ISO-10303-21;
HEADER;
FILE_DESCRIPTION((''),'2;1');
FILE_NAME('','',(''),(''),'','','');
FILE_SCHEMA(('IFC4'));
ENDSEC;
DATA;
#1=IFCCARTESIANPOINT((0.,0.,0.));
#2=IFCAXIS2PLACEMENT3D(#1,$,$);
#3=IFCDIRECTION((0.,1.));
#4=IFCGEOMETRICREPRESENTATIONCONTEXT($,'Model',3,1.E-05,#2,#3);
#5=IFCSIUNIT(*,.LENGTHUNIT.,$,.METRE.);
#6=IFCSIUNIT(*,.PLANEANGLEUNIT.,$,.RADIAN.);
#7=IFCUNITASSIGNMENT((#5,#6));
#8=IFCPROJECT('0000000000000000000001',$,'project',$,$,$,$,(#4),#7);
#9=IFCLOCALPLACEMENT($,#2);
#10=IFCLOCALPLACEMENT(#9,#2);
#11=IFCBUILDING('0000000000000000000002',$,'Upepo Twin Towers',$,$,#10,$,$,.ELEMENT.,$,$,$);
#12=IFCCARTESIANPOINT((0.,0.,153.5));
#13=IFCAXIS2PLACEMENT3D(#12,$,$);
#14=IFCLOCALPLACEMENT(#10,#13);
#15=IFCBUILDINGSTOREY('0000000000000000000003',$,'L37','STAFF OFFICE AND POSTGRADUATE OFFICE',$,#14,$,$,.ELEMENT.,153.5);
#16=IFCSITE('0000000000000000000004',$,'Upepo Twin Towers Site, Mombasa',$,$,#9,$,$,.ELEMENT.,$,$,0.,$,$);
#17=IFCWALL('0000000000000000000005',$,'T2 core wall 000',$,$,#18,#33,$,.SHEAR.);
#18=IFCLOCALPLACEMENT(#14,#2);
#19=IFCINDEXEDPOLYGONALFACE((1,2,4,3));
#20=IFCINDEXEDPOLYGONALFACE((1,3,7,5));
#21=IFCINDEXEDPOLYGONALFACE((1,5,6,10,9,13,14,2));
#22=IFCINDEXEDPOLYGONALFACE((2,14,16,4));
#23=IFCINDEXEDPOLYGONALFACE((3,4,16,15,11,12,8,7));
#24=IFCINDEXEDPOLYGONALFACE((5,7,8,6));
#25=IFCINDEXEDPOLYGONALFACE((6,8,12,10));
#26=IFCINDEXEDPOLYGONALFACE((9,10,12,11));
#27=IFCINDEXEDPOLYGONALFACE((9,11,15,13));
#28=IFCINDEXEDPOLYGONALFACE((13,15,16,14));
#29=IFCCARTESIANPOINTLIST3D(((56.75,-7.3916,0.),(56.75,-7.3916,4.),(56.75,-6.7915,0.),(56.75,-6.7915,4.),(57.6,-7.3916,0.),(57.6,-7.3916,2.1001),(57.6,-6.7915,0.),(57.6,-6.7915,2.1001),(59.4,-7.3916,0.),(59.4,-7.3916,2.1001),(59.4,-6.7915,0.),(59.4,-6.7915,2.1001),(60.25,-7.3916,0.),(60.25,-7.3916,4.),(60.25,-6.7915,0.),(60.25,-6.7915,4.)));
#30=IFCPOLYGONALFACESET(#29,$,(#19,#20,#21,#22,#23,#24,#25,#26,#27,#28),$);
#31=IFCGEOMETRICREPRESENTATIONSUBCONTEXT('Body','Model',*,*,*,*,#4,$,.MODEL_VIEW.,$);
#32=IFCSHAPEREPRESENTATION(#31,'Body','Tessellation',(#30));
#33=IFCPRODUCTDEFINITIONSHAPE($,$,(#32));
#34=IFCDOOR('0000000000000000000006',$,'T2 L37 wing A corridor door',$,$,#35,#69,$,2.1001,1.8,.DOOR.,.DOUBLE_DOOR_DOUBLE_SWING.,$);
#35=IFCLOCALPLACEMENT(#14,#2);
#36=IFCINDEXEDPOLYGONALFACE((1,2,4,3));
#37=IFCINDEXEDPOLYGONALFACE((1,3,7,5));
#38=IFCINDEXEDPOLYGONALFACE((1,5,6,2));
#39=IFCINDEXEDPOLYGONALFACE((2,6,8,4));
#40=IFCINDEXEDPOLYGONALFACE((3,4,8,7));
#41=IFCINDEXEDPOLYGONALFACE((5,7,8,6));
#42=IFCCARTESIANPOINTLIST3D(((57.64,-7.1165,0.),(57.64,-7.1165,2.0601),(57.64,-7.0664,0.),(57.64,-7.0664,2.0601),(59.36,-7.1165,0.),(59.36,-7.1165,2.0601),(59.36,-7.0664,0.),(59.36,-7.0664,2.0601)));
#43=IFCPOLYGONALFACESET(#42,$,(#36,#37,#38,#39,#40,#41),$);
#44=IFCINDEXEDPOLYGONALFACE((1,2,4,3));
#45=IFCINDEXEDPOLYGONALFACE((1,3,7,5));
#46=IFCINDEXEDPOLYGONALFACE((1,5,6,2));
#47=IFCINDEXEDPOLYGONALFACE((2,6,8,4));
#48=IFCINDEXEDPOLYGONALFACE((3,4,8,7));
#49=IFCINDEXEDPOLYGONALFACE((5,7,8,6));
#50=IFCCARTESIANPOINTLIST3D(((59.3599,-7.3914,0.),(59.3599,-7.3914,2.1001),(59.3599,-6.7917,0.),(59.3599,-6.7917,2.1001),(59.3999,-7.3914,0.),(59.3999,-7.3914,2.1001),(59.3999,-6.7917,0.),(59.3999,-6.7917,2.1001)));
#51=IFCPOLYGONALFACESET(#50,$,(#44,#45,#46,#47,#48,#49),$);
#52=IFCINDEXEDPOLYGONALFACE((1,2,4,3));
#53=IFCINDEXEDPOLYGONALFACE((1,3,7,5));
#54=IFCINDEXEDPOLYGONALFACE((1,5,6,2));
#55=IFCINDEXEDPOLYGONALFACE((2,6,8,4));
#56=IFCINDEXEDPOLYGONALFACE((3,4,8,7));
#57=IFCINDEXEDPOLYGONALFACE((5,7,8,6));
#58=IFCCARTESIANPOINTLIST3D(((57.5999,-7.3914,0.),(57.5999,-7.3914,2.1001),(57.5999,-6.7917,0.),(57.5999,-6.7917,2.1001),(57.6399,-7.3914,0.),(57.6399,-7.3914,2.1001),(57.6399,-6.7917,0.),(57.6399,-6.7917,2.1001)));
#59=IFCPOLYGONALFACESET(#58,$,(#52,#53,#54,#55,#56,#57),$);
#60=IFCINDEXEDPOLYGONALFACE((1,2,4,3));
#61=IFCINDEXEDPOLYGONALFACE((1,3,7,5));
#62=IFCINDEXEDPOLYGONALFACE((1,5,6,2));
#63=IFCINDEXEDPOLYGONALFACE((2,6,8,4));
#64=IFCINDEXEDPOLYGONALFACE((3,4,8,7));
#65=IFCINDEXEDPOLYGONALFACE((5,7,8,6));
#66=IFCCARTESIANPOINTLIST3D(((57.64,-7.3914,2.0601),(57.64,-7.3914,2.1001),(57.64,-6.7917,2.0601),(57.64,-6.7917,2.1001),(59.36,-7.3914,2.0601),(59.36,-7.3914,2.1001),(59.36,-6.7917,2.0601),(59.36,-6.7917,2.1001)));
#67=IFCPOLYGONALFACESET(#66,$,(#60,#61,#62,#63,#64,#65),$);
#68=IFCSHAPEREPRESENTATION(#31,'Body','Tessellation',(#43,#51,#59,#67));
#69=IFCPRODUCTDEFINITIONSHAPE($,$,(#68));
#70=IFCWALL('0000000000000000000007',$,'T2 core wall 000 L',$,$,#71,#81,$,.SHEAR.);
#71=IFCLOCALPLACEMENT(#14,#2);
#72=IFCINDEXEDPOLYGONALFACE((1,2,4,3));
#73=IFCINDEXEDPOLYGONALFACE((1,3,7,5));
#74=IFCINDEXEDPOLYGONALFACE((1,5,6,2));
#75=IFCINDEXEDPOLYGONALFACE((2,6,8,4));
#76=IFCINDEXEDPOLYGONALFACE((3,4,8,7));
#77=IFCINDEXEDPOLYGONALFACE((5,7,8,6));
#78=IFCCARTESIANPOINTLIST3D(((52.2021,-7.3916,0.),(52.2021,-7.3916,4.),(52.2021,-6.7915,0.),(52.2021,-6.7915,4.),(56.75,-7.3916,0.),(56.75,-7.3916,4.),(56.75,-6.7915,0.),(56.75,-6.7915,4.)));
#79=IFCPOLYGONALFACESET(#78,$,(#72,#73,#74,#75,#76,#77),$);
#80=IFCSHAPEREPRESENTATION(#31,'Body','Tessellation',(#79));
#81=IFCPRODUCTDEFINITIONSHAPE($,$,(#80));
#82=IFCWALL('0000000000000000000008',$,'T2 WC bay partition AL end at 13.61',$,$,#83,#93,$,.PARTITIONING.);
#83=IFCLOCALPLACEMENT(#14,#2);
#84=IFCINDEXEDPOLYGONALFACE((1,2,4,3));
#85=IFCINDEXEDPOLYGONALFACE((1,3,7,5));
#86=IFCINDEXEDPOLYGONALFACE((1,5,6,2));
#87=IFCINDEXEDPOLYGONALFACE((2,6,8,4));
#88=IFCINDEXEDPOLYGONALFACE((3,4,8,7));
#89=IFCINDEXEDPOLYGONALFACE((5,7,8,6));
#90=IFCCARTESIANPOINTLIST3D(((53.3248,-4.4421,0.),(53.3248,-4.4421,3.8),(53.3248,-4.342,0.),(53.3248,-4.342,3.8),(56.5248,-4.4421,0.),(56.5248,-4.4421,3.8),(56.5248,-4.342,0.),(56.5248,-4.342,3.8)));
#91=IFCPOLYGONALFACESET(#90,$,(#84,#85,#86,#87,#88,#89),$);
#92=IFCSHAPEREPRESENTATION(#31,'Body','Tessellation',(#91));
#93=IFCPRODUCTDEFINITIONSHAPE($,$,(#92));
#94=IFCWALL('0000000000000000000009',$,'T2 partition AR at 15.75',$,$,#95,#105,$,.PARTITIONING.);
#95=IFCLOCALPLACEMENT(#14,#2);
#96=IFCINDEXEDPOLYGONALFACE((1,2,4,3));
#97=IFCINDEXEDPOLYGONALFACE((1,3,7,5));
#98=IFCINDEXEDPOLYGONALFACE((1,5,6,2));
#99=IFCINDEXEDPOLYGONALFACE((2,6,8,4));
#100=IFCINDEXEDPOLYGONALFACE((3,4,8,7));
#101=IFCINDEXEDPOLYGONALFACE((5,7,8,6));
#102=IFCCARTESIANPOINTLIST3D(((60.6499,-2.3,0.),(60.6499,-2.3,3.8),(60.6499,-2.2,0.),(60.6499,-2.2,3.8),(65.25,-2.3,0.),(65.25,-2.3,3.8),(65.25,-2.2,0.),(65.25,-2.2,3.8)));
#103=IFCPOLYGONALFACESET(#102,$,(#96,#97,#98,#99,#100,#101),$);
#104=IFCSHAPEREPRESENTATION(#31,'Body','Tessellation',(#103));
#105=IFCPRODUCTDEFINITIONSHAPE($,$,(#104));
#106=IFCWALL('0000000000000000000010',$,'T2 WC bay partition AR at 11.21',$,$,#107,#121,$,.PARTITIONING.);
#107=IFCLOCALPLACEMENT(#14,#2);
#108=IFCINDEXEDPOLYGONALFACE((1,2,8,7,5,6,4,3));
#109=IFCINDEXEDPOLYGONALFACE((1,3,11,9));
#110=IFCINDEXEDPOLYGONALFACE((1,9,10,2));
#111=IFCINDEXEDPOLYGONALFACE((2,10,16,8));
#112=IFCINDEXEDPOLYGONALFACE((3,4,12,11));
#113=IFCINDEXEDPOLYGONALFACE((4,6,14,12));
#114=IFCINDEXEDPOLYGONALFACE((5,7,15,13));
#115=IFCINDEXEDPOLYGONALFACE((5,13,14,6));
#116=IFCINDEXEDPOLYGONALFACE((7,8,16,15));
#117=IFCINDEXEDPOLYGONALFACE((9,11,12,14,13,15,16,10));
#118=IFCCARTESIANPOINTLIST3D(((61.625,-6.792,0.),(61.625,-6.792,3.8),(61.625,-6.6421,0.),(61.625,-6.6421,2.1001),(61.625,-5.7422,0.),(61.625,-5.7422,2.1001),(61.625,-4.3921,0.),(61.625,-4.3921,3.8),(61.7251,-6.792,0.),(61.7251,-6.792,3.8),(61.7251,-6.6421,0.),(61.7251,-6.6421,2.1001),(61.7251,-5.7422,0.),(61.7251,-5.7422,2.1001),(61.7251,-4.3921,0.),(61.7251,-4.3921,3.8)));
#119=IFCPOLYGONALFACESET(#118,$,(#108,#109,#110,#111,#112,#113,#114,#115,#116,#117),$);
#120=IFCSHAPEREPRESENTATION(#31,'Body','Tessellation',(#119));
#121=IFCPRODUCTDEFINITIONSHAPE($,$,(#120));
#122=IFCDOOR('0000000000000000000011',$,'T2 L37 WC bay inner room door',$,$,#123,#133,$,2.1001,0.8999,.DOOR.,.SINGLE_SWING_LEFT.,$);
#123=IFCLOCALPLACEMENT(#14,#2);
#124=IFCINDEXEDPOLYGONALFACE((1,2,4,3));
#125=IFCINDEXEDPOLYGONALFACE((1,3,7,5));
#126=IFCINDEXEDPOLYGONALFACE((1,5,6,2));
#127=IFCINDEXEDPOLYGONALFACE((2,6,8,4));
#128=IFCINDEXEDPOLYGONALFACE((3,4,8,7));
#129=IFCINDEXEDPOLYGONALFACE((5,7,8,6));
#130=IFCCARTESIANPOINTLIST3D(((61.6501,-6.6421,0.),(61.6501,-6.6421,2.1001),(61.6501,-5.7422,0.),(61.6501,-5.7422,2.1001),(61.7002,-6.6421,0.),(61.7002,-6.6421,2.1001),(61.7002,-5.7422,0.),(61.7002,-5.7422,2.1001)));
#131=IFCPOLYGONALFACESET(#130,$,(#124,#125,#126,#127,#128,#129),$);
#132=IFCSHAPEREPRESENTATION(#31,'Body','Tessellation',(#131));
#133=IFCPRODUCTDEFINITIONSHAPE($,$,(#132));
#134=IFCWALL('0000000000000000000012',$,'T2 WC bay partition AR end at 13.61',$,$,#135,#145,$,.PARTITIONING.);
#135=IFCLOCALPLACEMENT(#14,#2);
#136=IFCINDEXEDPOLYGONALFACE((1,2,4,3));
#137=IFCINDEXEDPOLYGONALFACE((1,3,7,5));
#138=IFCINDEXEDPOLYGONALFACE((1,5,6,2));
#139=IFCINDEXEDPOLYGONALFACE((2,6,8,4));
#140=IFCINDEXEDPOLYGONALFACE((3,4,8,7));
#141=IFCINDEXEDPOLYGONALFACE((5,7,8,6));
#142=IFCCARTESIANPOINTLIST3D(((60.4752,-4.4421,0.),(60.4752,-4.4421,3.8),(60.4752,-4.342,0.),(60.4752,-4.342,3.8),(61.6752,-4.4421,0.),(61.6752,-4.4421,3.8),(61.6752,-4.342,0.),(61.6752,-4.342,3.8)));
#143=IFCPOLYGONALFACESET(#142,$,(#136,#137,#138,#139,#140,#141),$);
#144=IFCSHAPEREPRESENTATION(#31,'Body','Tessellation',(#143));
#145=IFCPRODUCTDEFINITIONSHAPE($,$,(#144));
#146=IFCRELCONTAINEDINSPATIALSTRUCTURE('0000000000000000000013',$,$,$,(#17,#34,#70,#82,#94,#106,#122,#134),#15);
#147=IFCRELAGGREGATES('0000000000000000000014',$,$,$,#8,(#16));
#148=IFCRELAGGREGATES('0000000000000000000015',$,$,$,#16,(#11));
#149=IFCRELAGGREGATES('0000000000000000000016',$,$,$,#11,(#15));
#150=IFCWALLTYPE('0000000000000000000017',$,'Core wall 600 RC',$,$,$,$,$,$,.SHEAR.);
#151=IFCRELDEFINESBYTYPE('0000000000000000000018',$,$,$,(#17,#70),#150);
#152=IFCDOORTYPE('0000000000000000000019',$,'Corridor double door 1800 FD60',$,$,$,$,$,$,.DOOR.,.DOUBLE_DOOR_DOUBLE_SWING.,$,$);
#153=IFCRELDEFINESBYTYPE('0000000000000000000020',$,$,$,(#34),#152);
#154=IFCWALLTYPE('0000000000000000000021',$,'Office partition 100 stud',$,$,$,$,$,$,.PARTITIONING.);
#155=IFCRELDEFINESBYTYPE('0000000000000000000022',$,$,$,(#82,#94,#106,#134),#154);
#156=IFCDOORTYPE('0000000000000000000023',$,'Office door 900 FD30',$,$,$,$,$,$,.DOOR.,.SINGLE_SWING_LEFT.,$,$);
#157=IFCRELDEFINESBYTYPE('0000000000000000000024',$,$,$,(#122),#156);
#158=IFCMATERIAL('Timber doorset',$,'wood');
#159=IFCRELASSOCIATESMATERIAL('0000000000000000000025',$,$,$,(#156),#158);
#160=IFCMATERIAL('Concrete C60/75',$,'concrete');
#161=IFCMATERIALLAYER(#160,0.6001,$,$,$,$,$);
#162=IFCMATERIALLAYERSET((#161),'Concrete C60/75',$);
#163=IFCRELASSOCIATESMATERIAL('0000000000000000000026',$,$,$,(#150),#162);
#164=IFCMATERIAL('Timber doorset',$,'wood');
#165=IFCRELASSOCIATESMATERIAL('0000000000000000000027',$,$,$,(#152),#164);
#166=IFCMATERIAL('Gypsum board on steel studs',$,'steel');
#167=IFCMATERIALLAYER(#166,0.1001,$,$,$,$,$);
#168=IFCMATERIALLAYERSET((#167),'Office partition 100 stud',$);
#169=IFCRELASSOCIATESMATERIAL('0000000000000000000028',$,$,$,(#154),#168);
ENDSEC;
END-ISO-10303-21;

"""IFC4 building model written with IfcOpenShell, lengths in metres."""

from ifc_helpers import new_model, si_unit, direction, frame, frame_2d, origin, place, context, subcontext, project, spatial, rectangle, extrude, material, layer, layer_set, type_object, element, fill, save


model = new_model("IFC4")

# Units and contexts
model_context = context("Model", 3, precision=1e-05, world=origin(), true_north=direction((0.0, 1.0)))
body_context = subcontext(model_context, "Body", "Model", "MODEL_VIEW")
ifc_project = project(units=[si_unit("LENGTHUNIT", "METRE"), si_unit("PLANEANGLEUNIT", "RADIAN")], contexts=[model_context])

# Site, building, storey
site_placement = place(None, origin())
site = spatial("IfcSite", under=ifc_project, at=site_placement, Name="Upepo Twin Towers Site, Mombasa", CompositionType="ELEMENT", RefElevation=0.0)
building_placement = place(site_placement, origin())
building = spatial("IfcBuilding", under=site, at=building_placement, Name="Upepo Twin Towers", CompositionType="ELEMENT")
storey_placement = place(building_placement, frame((0.0, 0.0, 153.5)))
storey = spatial("IfcBuildingStorey", under=building, at=storey_placement, Name="L37", Description="STAFF OFFICE AND POSTGRADUATE OFFICE", CompositionType="ELEMENT", Elevation=153.5)

# Shared definitions
ifc_material_1 = material(Name="Timber doorset", Category="wood")
door_type_1 = type_object("IfcDoorType", Name="Office door 900 FD30", OperationType="SINGLE_SWING_LEFT", PredefinedType="DOOR", material=ifc_material_1)

# Shared definitions
ifc_material_2 = material(Name="Concrete C60/75", Category="concrete")
ifc_layer_1 = layer(ifc_material_2, 0.6001)
ifc_layer_set_1 = layer_set([ifc_layer_1], Name="Concrete C60/75")
wall_type_1 = type_object("IfcWallType", Name="Core wall 600 RC", PredefinedType="SHEAR", material=ifc_layer_set_1)

# Wall, opening, door
wall_1_placement = place(storey_placement, frame((60.25, -7.0916, 0.0), z_axis=(0.0, 0.0, 1.0), x_axis=(-1.0, 0.0, 0.0)))
wall_1 = element("IfcWall", 1, at=wall_1_placement, inside=storey, type_object=wall_type_1, Name="T2 core wall 000", PredefinedType="SHEAR", context=body_context, shape_type="SweptSolid", body=[
    extrude(rectangle(XDim=3.5, YDim=0.6001, at=frame_2d((1.75, 0.0))), origin(), (0.0, 0.0, 1.0), 4.0),
])
opening_1_placement = place(wall_1_placement, frame((0.8501, 0.0, 0.0)))
opening_1 = element("IfcOpeningElement", 2, at=opening_1_placement, cuts=wall_1, PredefinedType="OPENING", context=body_context, shape_type="SweptSolid", body=[
    extrude(rectangle(XDim=1.8, YDim=2.1001, at=frame_2d((0.8999, 1.05))), frame((0.0, 0.3101, 0.0), z_axis=(0.0, -1.0, 0.0), x_axis=(1.0, 0.0, 0.0)), (0.0, 0.0, 1.0), 0.6201),
])
ifc_material_3 = material(Name="Timber doorset", Category="wood")
door_type_2 = type_object("IfcDoorType", Name="Corridor double door 1800 FD60", OperationType="DOUBLE_DOOR_DOUBLE_SWING", PredefinedType="DOOR", material=ifc_material_3)
door_1_placement = place(opening_1_placement, origin())
door_1 = element("IfcDoor", 3, at=door_1_placement, inside=storey, type_object=door_type_2, Name="T2 L37 wing A corridor door", OperationType="DOUBLE_DOOR_DOUBLE_SWING", OverallHeight=2.1001, OverallWidth=1.8, PredefinedType="DOOR", context=body_context, shape_type="SweptSolid", body=[
    extrude(rectangle(XDim=1.72, YDim=2.0601, at=frame_2d((0.8999, 1.03))), frame((0.0, 0.0249, 0.0), z_axis=(0.0, -1.0, 0.0), x_axis=(1.0, 0.0, 0.0)), (0.0, 0.0, 1.0), 0.05),
    extrude(rectangle(XDim=0.04, YDim=2.1001, at=frame_2d((0.02, 1.05))), frame((0.0, 0.2998, 0.0), z_axis=(0.0, -1.0, 0.0), x_axis=(1.0, 0.0, 0.0)), (0.0, 0.0, 1.0), 0.5996),
    extrude(rectangle(XDim=0.04, YDim=2.1001, at=frame_2d((1.78, 1.05))), frame((0.0, 0.2998, 0.0), z_axis=(0.0, -1.0, 0.0), x_axis=(1.0, 0.0, 0.0)), (0.0, 0.0, 1.0), 0.5996),
    extrude(rectangle(XDim=1.72, YDim=0.04, at=frame_2d((0.8999, 2.0801))), frame((0.0, 0.2998, 0.0), z_axis=(0.0, -1.0, 0.0), x_axis=(1.0, 0.0, 0.0)), (0.0, 0.0, 1.0), 0.5996),
])
fill(opening_1, door_1)

# Walls
wall_2_placement = place(storey_placement, frame((56.75, -7.0916, 0.0), z_axis=(0.0, 0.0, 1.0), x_axis=(-1.0, 0.0, 0.0)))
element("IfcWall", 4, at=wall_2_placement, inside=storey, type_object=wall_type_1, Name="T2 core wall 000 L", PredefinedType="SHEAR", context=body_context, shape_type="SweptSolid", body=[
    extrude(rectangle(XDim=4.5479, YDim=0.6001, at=frame_2d((2.2739, 0.0))), origin(), (0.0, 0.0, 1.0), 4.0),
])
ifc_material_4 = material(Name="Gypsum board on steel studs", Category="steel")
ifc_layer_2 = layer(ifc_material_4, 0.1001)
ifc_layer_set_2 = layer_set([ifc_layer_2], Name="Office partition 100 stud")
wall_type_2 = type_object("IfcWallType", Name="Office partition 100 stud", PredefinedType="PARTITIONING", material=ifc_layer_set_2)
wall_3_placement = place(storey_placement, frame((56.5249, -4.3921, 0.0), z_axis=(0.0, 0.0, 1.0), x_axis=(-1.0, 0.0, 0.0)))
element("IfcWall", 5, at=wall_3_placement, inside=storey, type_object=wall_type_2, Name="T2 WC bay partition AL end at 13.61", PredefinedType="PARTITIONING", context=body_context, shape_type="SweptSolid", body=[
    extrude(rectangle(XDim=3.2, YDim=0.1001, at=frame_2d((1.6001, 0.0))), origin(), (0.0, 0.0, 1.0), 3.8),
])
wall_4_placement = place(storey_placement, frame((60.6499, -2.25, 0.0), z_axis=(0.0, 0.0, 1.0), x_axis=(1.0, 0.0, 0.0)))
element("IfcWall", 6, at=wall_4_placement, inside=storey, type_object=wall_type_2, Name="T2 partition AR at 15.75", PredefinedType="PARTITIONING", context=body_context, shape_type="SweptSolid", body=[
    extrude(rectangle(XDim=4.6001, YDim=0.1001, at=frame_2d((2.3, 0.0))), origin(), (0.0, 0.0, 1.0), 3.8),
])

# Wall, opening, door
wall_5_placement = place(storey_placement, frame((61.675, -6.792, 0.0), z_axis=(0.0, 0.0, 1.0), x_axis=(0.0, 1.0, 0.0)))
wall_5 = element("IfcWall", 7, at=wall_5_placement, inside=storey, type_object=wall_type_2, Name="T2 WC bay partition AR at 11.21", PredefinedType="PARTITIONING", context=body_context, shape_type="SweptSolid", body=[
    extrude(rectangle(XDim=2.3999, YDim=0.1001, at=frame_2d((1.2, 0.0))), origin(), (0.0, 0.0, 1.0), 3.8),
])
opening_2_placement = place(wall_5_placement, frame((0.1499, 0.0, 0.0)))
opening_2 = element("IfcOpeningElement", 8, at=opening_2_placement, cuts=wall_5, PredefinedType="OPENING", context=body_context, shape_type="SweptSolid", body=[
    extrude(rectangle(XDim=0.8999, YDim=2.1001, at=frame_2d((0.45, 1.05))), frame((0.0, 0.0601, 0.0), z_axis=(0.0, -1.0, 0.0), x_axis=(1.0, 0.0, 0.0)), (0.0, 0.0, 1.0), 0.1201),
])
door_2_placement = place(opening_2_placement, origin())
door_2 = element("IfcDoor", 9, at=door_2_placement, inside=storey, type_object=door_type_1, Name="T2 L37 WC bay inner room door", OperationType="SINGLE_SWING_LEFT", OverallHeight=2.1001, OverallWidth=0.8999, PredefinedType="DOOR", context=body_context, shape_type="SweptSolid", body=[
    extrude(rectangle(XDim=0.8999, YDim=2.1001, at=frame_2d((0.45, 1.05))), frame((0.0, 0.0249, 0.0), z_axis=(0.0, -1.0, 0.0), x_axis=(1.0, 0.0, 0.0)), (0.0, 0.0, 1.0), 0.05),
])
fill(opening_2, door_2)

# Wall
wall_6_placement = place(storey_placement, frame((60.4751, -4.3921, 0.0), z_axis=(0.0, 0.0, 1.0), x_axis=(1.0, 0.0, 0.0)))
element("IfcWall", 10, at=wall_6_placement, inside=storey, type_object=wall_type_2, Name="T2 WC bay partition AR end at 13.61", PredefinedType="PARTITIONING", context=body_context, shape_type="SweptSolid", body=[
    extrude(rectangle(XDim=1.2, YDim=0.1001, at=frame_2d((0.6001, 0.0))), origin(), (0.0, 0.0, 1.0), 3.8),
])

save(model, "model.ifc")
